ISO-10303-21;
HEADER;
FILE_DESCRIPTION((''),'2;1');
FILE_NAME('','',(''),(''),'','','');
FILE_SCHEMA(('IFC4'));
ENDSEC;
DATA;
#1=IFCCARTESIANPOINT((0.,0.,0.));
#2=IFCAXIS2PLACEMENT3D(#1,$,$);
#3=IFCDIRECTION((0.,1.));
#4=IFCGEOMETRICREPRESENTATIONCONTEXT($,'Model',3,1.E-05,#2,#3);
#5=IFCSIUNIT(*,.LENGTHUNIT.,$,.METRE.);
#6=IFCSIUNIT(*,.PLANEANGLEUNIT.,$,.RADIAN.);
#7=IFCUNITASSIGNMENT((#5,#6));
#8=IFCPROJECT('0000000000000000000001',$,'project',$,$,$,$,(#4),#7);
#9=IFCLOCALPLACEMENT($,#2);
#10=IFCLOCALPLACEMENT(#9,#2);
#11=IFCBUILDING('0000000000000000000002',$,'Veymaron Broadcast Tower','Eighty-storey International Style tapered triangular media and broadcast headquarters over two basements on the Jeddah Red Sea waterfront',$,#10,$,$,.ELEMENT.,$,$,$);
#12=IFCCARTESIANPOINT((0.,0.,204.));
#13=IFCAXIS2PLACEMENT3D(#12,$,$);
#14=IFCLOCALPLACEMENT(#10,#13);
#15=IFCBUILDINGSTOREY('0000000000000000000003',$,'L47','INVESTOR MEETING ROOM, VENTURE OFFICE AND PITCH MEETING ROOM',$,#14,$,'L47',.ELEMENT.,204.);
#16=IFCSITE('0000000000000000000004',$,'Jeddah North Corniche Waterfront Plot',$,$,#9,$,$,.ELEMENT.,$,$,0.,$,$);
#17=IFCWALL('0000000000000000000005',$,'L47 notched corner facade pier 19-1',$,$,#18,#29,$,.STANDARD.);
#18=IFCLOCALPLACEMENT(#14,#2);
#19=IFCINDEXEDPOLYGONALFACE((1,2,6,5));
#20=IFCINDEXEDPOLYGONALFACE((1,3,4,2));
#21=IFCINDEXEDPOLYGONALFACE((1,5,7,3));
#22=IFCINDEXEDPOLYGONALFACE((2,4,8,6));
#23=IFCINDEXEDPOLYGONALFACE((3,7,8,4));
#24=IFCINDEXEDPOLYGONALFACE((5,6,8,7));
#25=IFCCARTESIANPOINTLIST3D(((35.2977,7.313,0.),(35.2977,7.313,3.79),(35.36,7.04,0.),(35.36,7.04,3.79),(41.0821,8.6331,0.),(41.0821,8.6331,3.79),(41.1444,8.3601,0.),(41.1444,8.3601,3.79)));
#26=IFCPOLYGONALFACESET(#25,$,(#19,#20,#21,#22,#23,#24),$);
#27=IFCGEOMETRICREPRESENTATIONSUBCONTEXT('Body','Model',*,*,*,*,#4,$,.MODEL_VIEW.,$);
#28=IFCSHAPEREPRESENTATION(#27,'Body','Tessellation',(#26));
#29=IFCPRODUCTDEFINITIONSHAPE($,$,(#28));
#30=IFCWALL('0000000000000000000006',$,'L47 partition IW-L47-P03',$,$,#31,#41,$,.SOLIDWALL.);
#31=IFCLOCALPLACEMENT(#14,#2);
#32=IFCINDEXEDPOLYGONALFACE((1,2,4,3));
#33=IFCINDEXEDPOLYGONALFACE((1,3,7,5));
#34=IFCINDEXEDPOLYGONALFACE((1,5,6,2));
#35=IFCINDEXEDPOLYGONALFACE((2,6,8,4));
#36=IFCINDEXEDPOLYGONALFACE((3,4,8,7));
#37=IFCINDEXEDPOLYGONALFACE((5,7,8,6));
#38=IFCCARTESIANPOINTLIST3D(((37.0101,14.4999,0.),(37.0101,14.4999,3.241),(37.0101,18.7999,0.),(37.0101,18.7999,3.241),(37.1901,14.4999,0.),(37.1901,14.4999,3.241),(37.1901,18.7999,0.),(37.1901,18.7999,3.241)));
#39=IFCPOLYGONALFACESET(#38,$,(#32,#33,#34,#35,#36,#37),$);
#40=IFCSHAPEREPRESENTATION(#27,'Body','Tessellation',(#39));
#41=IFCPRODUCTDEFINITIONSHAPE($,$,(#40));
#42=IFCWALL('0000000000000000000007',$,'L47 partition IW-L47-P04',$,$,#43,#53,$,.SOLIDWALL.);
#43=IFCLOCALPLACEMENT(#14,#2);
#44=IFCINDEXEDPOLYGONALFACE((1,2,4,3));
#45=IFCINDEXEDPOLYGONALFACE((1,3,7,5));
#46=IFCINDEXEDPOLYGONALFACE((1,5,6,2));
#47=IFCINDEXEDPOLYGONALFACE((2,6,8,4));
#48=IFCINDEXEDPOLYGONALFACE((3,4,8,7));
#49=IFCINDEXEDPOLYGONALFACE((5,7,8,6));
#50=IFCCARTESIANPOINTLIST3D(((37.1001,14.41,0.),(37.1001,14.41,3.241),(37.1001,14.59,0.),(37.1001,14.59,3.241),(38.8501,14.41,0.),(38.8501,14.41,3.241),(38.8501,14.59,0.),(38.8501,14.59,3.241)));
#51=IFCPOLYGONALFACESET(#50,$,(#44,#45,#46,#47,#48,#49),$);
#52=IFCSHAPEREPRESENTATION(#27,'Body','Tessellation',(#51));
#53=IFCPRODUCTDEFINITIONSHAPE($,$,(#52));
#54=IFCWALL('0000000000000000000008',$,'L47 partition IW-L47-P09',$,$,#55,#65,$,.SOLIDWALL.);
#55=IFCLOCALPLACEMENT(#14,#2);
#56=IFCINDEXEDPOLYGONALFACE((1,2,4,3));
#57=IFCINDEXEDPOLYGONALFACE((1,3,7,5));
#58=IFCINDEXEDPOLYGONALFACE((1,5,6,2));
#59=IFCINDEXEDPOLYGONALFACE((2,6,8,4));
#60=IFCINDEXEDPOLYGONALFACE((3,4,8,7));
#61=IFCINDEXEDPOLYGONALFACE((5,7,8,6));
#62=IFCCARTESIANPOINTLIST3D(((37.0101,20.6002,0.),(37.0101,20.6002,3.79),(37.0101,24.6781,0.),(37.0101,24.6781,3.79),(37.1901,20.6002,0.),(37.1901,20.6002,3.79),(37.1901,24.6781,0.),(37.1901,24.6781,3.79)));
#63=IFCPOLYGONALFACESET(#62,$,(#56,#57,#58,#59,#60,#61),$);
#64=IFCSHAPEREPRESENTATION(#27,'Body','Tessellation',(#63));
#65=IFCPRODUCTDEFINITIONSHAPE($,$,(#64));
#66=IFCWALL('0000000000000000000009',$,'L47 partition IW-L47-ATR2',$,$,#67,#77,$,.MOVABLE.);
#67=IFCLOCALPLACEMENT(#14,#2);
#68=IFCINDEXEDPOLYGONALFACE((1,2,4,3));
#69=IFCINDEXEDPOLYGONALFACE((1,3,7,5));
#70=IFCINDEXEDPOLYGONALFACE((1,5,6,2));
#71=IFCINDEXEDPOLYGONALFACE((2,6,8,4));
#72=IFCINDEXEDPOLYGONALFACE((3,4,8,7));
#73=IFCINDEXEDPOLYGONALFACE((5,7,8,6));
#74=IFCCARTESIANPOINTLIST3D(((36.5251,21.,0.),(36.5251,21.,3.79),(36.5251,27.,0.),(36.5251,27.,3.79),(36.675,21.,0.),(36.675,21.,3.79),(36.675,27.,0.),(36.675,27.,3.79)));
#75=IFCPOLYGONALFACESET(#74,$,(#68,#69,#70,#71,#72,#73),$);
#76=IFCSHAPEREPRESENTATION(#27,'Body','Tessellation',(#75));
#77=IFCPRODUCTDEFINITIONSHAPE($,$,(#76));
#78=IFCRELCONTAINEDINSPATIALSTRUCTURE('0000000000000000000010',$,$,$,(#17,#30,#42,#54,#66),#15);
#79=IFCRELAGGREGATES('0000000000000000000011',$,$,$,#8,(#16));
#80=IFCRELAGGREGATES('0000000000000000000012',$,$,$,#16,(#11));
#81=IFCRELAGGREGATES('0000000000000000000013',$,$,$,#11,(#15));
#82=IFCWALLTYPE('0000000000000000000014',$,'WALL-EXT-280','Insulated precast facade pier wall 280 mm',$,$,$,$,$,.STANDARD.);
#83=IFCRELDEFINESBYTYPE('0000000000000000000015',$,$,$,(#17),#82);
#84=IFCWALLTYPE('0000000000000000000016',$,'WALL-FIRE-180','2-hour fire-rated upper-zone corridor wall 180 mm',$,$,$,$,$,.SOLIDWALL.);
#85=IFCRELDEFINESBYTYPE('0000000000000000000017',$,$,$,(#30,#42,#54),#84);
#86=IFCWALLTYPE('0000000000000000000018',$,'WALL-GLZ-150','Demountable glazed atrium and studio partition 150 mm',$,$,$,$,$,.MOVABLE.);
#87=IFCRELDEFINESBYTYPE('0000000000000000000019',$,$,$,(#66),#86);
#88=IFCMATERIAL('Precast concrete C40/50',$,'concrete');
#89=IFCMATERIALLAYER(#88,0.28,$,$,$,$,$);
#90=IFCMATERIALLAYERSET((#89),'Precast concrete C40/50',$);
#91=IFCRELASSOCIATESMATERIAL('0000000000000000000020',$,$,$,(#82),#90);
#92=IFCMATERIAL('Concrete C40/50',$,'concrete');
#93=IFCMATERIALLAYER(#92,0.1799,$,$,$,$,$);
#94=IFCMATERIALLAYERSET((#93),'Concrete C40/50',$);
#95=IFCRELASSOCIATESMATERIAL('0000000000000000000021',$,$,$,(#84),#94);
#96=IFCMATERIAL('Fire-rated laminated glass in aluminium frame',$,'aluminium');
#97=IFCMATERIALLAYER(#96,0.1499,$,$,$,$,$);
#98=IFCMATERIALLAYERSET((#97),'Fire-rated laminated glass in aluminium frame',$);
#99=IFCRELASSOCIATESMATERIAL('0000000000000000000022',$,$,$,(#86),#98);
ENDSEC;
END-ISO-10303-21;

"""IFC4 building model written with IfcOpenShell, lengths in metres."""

from ifc_helpers import new_model, si_unit, direction, frame, frame_2d, origin, place, context, subcontext, project, spatial, rectangle, extrude, material, layer, layer_set, type_object, element, save


model = new_model("IFC4")

# Units and contexts
model_context = context("Model", 3, precision=1e-05, world=origin(), true_north=direction((0.0, 1.0)))
body_context = subcontext(model_context, "Body", "Model", "MODEL_VIEW")
ifc_project = project(units=[si_unit("LENGTHUNIT", "METRE"), si_unit("PLANEANGLEUNIT", "RADIAN")], contexts=[model_context])

# Site, building, storey
site_placement = place(None, origin())
site = spatial("IfcSite", under=ifc_project, at=site_placement, Name="Jeddah North Corniche Waterfront Plot", CompositionType="ELEMENT", RefElevation=0.0)
building_placement = place(site_placement, origin())
building = spatial("IfcBuilding", under=site, at=building_placement, Name="Veymaron Broadcast Tower", Description="Eighty-storey International Style tapered triangular media and broadcast headquarters over two basements on the Jeddah Red Sea waterfront", CompositionType="ELEMENT")
storey_placement = place(building_placement, frame((0.0, 0.0, 204.0)))
storey = spatial("IfcBuildingStorey", under=building, at=storey_placement, Name="L47", Description="INVESTOR MEETING ROOM, VENTURE OFFICE AND PITCH MEETING ROOM", LongName="L47", CompositionType="ELEMENT", Elevation=204.0)

# Walls
ifc_material_1 = material(Name="Precast concrete C40/50", Category="concrete")
ifc_layer_1 = layer(ifc_material_1, 0.28)
ifc_layer_set_1 = layer_set([ifc_layer_1], Name="Precast concrete C40/50")
wall_type_1 = type_object("IfcWallType", Name="WALL-EXT-280", Description="Insulated precast facade pier wall 280 mm", PredefinedType="STANDARD", material=ifc_layer_set_1)
wall_1_placement = place(storey_placement, frame((35.3289, 7.1765, 0.0), z_axis=(0.0, 0.0, 1.0), x_axis=(0.974935, 0.222491, 0.0)))
element("IfcWall", 1, at=wall_1_placement, inside=storey, type_object=wall_type_1, Name="L47 notched corner facade pier 19-1", PredefinedType="STANDARD", context=body_context, shape_type="SweptSolid", body=[
    extrude(rectangle(XDim=5.9331, YDim=0.28, at=frame_2d((2.9666, 0.0))), origin(), (0.0, 0.0, 1.0), 3.79),
])
ifc_material_2 = material(Name="Concrete C40/50", Category="concrete")
ifc_layer_2 = layer(ifc_material_2, 0.1799)
ifc_layer_set_2 = layer_set([ifc_layer_2], Name="Concrete C40/50")
wall_type_2 = type_object("IfcWallType", Name="WALL-FIRE-180", Description="2-hour fire-rated upper-zone corridor wall 180 mm", PredefinedType="SOLIDWALL", material=ifc_layer_set_2)
wall_2_placement = place(storey_placement, frame((37.1001, 14.5, 0.0), z_axis=(0.0, 0.0, 1.0), x_axis=(0.0, 1.0, 0.0)))
element("IfcWall", 2, at=wall_2_placement, inside=storey, type_object=wall_type_2, Name="L47 partition IW-L47-P03", PredefinedType="SOLIDWALL", context=body_context, shape_type="SweptSolid", body=[
    extrude(rectangle(XDim=4.3, YDim=0.1799, at=frame_2d((2.1499, 0.0))), origin(), (0.0, 0.0, 1.0), 3.241),
])
wall_3_placement = place(storey_placement, frame((37.1001, 14.5, 0.0), z_axis=(0.0, 0.0, 1.0), x_axis=(1.0, 0.0, 0.0)))
element("IfcWall", 3, at=wall_3_placement, inside=storey, type_object=wall_type_2, Name="L47 partition IW-L47-P04", PredefinedType="SOLIDWALL", context=body_context, shape_type="SweptSolid", body=[
    extrude(rectangle(XDim=1.75, YDim=0.1799, at=frame_2d((0.875, 0.0))), origin(), (0.0, 0.0, 1.0), 3.241),
])
wall_4_placement = place(storey_placement, frame((37.1001, 20.6001, 0.0), z_axis=(0.0, 0.0, 1.0), x_axis=(0.0, 1.0, 0.0)))
element("IfcWall", 4, at=wall_4_placement, inside=storey, type_object=wall_type_2, Name="L47 partition IW-L47-P09", PredefinedType="SOLIDWALL", context=body_context, shape_type="SweptSolid", body=[
    extrude(rectangle(XDim=4.0779, YDim=0.1799, at=frame_2d((2.0391, 0.0))), origin(), (0.0, 0.0, 1.0), 3.79),
])
ifc_material_3 = material(Name="Fire-rated laminated glass in aluminium frame", Category="aluminium")
ifc_layer_3 = layer(ifc_material_3, 0.1499)
ifc_layer_set_3 = layer_set([ifc_layer_3], Name="Fire-rated laminated glass in aluminium frame")
wall_type_3 = type_object("IfcWallType", Name="WALL-GLZ-150", Description="Demountable glazed atrium and studio partition 150 mm", PredefinedType="MOVABLE", material=ifc_layer_set_3)
wall_5_placement = place(storey_placement, frame((36.6001, 21.0, 0.0), z_axis=(0.0, 0.0, 1.0), x_axis=(0.0, 1.0, 0.0)))
element("IfcWall", 5, at=wall_5_placement, inside=storey, type_object=wall_type_3, Name="L47 partition IW-L47-ATR2", PredefinedType="MOVABLE", context=body_context, shape_type="SweptSolid", body=[
    extrude(rectangle(XDim=6.0, YDim=0.1499, at=frame_2d((3.0, 0.0))), origin(), (0.0, 0.0, 1.0), 3.79),
])

save(model, "model.ifc")
